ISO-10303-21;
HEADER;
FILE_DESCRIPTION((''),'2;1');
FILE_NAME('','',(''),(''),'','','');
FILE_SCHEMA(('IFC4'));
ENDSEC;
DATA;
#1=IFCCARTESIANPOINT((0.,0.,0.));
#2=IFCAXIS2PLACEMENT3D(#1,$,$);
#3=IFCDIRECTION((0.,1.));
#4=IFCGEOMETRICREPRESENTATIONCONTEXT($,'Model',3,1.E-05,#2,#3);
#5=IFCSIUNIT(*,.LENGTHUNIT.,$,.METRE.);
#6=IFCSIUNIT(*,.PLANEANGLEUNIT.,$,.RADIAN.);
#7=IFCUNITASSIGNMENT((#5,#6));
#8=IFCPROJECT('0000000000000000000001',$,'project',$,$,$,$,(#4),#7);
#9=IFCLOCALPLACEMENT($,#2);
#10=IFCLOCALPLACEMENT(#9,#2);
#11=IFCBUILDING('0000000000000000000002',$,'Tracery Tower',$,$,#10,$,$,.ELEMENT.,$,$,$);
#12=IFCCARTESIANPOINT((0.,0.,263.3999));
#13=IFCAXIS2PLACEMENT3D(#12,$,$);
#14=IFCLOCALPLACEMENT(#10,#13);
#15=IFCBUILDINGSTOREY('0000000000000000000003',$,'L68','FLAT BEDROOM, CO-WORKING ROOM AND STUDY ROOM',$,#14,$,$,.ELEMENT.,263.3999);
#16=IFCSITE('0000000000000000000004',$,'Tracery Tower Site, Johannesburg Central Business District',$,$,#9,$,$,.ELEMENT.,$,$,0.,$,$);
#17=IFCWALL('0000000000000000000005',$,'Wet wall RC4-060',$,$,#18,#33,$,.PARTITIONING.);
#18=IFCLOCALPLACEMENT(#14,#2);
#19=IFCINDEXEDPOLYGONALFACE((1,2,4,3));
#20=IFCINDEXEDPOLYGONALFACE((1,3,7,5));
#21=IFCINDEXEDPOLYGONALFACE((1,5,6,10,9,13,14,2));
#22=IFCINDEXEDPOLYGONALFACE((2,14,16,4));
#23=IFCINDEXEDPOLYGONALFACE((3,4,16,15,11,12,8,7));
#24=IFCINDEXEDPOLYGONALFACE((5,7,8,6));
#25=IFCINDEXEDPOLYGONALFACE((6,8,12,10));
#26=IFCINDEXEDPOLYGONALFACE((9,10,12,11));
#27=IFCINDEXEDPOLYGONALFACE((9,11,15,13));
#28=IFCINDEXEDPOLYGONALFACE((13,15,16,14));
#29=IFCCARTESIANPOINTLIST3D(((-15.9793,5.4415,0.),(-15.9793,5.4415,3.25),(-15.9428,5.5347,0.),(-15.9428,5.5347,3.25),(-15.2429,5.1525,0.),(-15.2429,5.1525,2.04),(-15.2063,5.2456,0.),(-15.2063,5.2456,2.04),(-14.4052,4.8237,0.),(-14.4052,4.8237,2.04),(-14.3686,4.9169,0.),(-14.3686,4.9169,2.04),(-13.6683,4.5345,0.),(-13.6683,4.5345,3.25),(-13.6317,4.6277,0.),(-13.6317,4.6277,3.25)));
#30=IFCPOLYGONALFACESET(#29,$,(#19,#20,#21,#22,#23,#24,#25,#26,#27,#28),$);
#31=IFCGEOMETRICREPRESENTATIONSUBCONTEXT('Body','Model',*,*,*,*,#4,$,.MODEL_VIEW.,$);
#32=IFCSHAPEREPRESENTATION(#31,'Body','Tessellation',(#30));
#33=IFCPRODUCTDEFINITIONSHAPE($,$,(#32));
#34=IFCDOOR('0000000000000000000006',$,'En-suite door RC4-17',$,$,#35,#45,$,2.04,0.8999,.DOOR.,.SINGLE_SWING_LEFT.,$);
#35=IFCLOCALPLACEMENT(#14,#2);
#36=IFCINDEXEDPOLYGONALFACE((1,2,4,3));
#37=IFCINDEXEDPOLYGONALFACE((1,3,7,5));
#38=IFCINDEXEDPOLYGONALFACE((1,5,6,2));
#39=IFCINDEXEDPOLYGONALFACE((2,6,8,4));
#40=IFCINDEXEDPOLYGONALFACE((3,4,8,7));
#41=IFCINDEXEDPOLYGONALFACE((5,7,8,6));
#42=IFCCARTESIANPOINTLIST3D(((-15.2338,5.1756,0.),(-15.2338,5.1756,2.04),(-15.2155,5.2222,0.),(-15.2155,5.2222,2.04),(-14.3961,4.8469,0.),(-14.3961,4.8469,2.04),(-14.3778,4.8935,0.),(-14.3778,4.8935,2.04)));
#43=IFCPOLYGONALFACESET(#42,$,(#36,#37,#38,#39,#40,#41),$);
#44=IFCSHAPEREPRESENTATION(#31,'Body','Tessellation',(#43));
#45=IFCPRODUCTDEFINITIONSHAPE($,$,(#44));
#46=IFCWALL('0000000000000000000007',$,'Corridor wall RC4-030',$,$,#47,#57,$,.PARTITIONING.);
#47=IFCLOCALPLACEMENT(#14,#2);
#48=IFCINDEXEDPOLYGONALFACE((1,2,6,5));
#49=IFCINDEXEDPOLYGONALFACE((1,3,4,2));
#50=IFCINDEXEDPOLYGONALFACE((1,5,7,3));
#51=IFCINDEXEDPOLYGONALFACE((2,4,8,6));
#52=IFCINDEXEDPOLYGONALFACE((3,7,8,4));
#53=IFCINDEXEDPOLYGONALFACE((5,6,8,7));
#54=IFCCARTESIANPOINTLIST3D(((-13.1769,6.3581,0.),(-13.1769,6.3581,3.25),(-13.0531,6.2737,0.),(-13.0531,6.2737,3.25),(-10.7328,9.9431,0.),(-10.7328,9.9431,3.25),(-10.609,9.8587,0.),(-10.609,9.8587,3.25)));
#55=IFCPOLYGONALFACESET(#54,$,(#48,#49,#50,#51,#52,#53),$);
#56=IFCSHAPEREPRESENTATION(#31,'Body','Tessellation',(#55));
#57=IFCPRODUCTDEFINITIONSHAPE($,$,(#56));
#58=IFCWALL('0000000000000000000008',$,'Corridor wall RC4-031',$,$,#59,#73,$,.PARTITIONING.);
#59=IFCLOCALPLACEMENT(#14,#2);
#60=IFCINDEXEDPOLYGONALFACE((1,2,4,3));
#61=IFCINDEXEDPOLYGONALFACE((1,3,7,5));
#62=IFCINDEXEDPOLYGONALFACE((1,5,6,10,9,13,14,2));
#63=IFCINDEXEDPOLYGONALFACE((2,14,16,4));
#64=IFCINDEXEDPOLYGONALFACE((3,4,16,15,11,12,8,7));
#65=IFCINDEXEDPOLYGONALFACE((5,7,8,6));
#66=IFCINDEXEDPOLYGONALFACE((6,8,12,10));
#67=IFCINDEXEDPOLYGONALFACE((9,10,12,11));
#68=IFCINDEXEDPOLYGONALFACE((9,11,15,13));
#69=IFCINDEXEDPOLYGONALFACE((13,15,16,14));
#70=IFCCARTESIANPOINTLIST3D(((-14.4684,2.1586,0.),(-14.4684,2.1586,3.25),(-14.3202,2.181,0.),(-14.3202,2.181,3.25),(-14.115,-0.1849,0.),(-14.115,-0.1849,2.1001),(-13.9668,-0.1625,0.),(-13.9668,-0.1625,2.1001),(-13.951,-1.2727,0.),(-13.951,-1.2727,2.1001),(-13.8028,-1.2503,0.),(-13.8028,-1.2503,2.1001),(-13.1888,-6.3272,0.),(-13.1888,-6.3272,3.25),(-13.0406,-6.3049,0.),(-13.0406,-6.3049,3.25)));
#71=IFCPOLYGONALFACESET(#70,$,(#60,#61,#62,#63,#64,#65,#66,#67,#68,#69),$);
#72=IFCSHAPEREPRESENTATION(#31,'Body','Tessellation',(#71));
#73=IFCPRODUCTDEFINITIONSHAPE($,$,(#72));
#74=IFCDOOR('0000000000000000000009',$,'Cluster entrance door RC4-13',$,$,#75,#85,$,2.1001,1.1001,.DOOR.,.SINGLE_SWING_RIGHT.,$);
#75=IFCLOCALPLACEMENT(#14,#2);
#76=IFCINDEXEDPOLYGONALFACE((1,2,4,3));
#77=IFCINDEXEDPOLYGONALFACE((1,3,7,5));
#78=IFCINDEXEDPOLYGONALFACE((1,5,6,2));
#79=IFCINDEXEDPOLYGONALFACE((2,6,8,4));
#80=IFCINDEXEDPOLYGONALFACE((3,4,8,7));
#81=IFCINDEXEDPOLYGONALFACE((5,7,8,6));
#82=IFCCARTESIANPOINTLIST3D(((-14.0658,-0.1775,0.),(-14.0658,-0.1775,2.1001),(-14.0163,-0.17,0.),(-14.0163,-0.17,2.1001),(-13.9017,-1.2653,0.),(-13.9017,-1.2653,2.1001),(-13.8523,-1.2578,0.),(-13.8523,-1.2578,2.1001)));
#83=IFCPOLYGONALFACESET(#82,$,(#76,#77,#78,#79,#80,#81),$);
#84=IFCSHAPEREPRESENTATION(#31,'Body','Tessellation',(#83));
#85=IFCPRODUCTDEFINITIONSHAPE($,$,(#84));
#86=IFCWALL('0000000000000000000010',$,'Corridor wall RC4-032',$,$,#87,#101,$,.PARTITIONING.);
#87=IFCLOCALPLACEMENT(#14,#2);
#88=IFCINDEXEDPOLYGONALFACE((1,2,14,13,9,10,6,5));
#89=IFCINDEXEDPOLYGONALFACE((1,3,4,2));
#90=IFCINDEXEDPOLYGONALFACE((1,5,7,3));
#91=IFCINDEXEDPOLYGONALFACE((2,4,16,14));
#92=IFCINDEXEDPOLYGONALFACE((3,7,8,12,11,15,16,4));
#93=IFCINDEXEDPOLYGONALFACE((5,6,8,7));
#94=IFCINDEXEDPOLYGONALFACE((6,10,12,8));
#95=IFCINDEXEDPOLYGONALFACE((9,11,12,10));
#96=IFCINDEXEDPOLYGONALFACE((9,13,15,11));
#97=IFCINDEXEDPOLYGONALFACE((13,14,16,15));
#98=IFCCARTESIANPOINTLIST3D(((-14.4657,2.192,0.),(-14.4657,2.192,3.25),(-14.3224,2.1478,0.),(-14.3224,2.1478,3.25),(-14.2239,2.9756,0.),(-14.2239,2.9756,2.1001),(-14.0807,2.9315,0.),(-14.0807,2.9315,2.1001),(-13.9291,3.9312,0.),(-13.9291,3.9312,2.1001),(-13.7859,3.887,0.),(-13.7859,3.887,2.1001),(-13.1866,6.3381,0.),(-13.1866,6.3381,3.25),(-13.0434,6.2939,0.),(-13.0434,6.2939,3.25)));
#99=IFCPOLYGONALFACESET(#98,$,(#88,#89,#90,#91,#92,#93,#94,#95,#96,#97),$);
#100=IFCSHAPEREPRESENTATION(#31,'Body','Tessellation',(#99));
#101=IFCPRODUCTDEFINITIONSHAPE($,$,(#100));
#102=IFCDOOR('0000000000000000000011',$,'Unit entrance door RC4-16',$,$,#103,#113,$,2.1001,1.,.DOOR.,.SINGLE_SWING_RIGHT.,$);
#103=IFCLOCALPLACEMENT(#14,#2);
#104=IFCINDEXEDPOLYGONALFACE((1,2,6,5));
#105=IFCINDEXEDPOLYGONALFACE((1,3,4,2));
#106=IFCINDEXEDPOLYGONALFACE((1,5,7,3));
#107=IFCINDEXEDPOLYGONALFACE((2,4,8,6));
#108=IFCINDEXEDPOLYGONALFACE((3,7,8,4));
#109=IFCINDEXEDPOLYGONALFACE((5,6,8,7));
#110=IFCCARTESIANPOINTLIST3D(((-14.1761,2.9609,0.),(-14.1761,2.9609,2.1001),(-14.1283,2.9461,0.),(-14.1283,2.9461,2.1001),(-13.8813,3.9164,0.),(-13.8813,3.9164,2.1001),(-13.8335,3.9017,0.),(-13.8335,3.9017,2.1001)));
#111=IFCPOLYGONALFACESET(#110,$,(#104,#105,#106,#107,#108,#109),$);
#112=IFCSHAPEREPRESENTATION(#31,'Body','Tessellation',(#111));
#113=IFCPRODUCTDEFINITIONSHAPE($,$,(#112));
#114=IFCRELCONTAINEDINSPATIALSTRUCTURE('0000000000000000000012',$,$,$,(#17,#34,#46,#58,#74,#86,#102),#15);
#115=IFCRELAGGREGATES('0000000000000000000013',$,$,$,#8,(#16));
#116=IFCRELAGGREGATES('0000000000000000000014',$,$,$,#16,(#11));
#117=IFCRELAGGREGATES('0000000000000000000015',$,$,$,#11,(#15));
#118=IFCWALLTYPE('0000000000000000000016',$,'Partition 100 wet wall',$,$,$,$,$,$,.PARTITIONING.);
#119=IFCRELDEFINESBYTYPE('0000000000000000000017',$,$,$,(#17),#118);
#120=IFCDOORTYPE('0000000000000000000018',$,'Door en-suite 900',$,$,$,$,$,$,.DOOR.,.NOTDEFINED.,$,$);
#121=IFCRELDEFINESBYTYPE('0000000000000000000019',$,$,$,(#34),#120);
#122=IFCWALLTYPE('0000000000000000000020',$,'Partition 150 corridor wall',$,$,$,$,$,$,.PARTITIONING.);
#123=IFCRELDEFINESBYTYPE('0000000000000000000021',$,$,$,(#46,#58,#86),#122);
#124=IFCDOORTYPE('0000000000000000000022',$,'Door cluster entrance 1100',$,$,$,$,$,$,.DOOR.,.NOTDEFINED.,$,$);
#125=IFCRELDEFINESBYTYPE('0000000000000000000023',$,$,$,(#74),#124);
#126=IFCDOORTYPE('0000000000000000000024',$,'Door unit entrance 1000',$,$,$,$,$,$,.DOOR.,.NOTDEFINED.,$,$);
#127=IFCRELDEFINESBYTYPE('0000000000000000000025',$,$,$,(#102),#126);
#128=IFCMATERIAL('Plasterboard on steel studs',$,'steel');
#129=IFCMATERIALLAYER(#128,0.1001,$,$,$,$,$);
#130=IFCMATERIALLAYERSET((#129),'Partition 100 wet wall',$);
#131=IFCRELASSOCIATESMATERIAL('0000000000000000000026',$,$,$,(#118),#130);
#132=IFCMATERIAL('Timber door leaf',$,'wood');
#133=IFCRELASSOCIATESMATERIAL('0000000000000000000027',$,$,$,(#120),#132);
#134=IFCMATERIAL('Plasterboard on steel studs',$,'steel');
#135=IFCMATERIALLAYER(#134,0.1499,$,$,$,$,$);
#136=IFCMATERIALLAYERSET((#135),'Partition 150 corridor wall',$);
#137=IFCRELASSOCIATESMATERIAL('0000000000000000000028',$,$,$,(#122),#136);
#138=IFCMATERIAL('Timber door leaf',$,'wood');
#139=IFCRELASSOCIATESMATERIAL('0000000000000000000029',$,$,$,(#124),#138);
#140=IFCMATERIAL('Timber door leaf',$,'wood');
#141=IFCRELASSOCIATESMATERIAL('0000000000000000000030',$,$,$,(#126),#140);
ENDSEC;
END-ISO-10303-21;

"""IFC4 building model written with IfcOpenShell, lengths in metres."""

from ifc_helpers import new_model, si_unit, direction, frame, frame_2d, origin, place, context, subcontext, project, spatial, rectangle, extrude, material, layer, layer_set, type_object, element, fill, save


model = new_model("IFC4")

# Units and contexts
model_context = context("Model", 3, precision=1e-05, world=origin(), true_north=direction((0.0, 1.0)))
body_context = subcontext(model_context, "Body", "Model", "MODEL_VIEW")
ifc_project = project(units=[si_unit("LENGTHUNIT", "METRE"), si_unit("PLANEANGLEUNIT", "RADIAN")], contexts=[model_context])

# Site, building, storey
site_placement = place(None, origin())
site = spatial("IfcSite", under=ifc_project, at=site_placement, Name="Tracery Tower Site, Johannesburg Central Business District", CompositionType="ELEMENT", RefElevation=0.0)
building_placement = place(site_placement, origin())
building = spatial("IfcBuilding", under=site, at=building_placement, Name="Tracery Tower", CompositionType="ELEMENT")
storey_placement = place(building_placement, frame((0.0, 0.0, 263.3999)))
storey = spatial("IfcBuildingStorey", under=building, at=storey_placement, Name="L68", Description="FLAT BEDROOM, CO-WORKING ROOM AND STUDY ROOM", CompositionType="ELEMENT", Elevation=263.3999)

# Shared definitions
ifc_material_1 = material(Name="Plasterboard on steel studs", Category="steel")
ifc_layer_1 = layer(ifc_material_1, 0.1001)
ifc_layer_set_1 = layer_set([ifc_layer_1], Name="Partition 100 wet wall")
wall_type_1 = type_object("IfcWallType", Name="Partition 100 wet wall", PredefinedType="PARTITIONING", material=ifc_layer_set_1)

# Wall, opening, door
wall_1_placement = place(storey_placement, frame((-15.9609, 5.488, 0.0), z_axis=(0.0, 0.0, 1.0), x_axis=(0.930878, -0.36533, 0.0)))
wall_1 = element("IfcWall", 1, at=wall_1_placement, inside=storey, type_object=wall_type_1, Name="Wet wall RC4-060", PredefinedType="PARTITIONING", context=body_context, shape_type="SweptSolid", body=[
    extrude(rectangle(XDim=2.4827, YDim=0.1001, at=frame_2d((1.2412, 0.0))), origin(), (0.0, 0.0, 1.0), 3.25),
])
opening_1_placement = place(wall_1_placement, frame((0.791, 0.0, 0.0)))
opening_1 = element("IfcOpeningElement", 2, at=opening_1_placement, cuts=wall_1, PredefinedType="OPENING", context=body_context, shape_type="SweptSolid", body=[
    extrude(rectangle(XDim=0.8999, YDim=2.04, at=frame_2d((0.45, 1.02))), frame((0.0, 0.05, 0.0), z_axis=(0.0, -1.0, 0.0), x_axis=(1.0, 0.0, 0.0)), (0.0, 0.0, 1.0), 0.1001),
])
ifc_material_2 = material(Name="Timber door leaf", Category="wood")
door_type_1 = type_object("IfcDoorType", Name="Door en-suite 900", OperationType="NOTDEFINED", PredefinedType="DOOR", material=ifc_material_2)
door_1_placement = place(opening_1_placement, origin())
door_1 = element("IfcDoor", 3, at=door_1_placement, inside=storey, type_object=door_type_1, Name="En-suite door RC4-17", OperationType="SINGLE_SWING_LEFT", OverallHeight=2.04, OverallWidth=0.8999, PredefinedType="DOOR", context=body_context, shape_type="SweptSolid", body=[
    extrude(rectangle(XDim=0.8999, YDim=2.04, at=frame_2d((0.45, 1.02))), frame((0.0, 0.0249, 0.0), z_axis=(0.0, -1.0, 0.0), x_axis=(1.0, 0.0, 0.0)), (0.0, 0.0, 1.0), 0.05),
])
fill(opening_1, door_1)

# Wall
ifc_material_3 = material(Name="Plasterboard on steel studs", Category="steel")
ifc_layer_2 = layer(ifc_material_3, 0.1499)
ifc_layer_set_2 = layer_set([ifc_layer_2], Name="Partition 150 corridor wall")
wall_type_2 = type_object("IfcWallType", Name="Partition 150 corridor wall", PredefinedType="PARTITIONING", material=ifc_layer_set_2)
wall_2_placement = place(storey_placement, frame((-13.115, 6.3159, 0.0), z_axis=(0.0, 0.0, 1.0), x_axis=(0.563305, 0.826249, 0.0)))
element("IfcWall", 4, at=wall_2_placement, inside=storey, type_object=wall_type_2, Name="Corridor wall RC4-030", PredefinedType="PARTITIONING", context=body_context, shape_type="SweptSolid", body=[
    extrude(rectangle(XDim=4.3389, YDim=0.1499, at=frame_2d((2.1694, 0.0))), origin(), (0.0, 0.0, 1.0), 3.25),
])

# Walls, openings, doors
wall_3_placement = place(storey_placement, frame((-14.3943, 2.1699, 0.0), z_axis=(0.0, 0.0, 1.0), x_axis=(0.1491, -0.988822, 0.0)))
wall_3 = element("IfcWall", 5, at=wall_3_placement, inside=storey, type_object=wall_type_2, Name="Corridor wall RC4-031", PredefinedType="PARTITIONING", context=body_context, shape_type="SweptSolid", body=[
    extrude(rectangle(XDim=8.5818, YDim=0.1499, at=frame_2d((4.291, 0.0))), origin(), (0.0, 0.0, 1.0), 3.25),
])
opening_2_placement = place(wall_3_placement, frame((2.3701, 0.0, 0.0)))
opening_2 = element("IfcOpeningElement", 6, at=opening_2_placement, cuts=wall_3, PredefinedType="OPENING", context=body_context, shape_type="SweptSolid", body=[
    extrude(rectangle(XDim=1.1001, YDim=2.1001, at=frame_2d((0.55, 1.05))), frame((0.0, 0.075, 0.0), z_axis=(0.0, -1.0, 0.0), x_axis=(1.0, 0.0, 0.0)), (0.0, 0.0, 1.0), 0.1499),
])
ifc_material_4 = material(Name="Timber door leaf", Category="wood")
door_type_2 = type_object("IfcDoorType", Name="Door cluster entrance 1100", OperationType="NOTDEFINED", PredefinedType="DOOR", material=ifc_material_4)
door_2_placement = place(opening_2_placement, origin())
door_2 = element("IfcDoor", 7, at=door_2_placement, inside=storey, type_object=door_type_2, Name="Cluster entrance door RC4-13", OperationType="SINGLE_SWING_RIGHT", OverallHeight=2.1001, OverallWidth=1.1001, PredefinedType="DOOR", context=body_context, shape_type="SweptSolid", body=[
    extrude(rectangle(XDim=1.1001, YDim=2.1001, at=frame_2d((0.55, 1.05))), frame((0.0, 0.0249, 0.0), z_axis=(0.0, -1.0, 0.0), x_axis=(1.0, 0.0, 0.0)), (0.0, 0.0, 1.0), 0.05),
])
fill(opening_2, door_2)
wall_4_placement = place(storey_placement, frame((-14.394, 2.1699, 0.0), z_axis=(0.0, 0.0, 1.0), x_axis=(0.294794, 0.955561, 0.0)))
wall_4 = element("IfcWall", 8, at=wall_4_placement, inside=storey, type_object=wall_type_2, Name="Corridor wall RC4-032", PredefinedType="PARTITIONING", context=body_context, shape_type="SweptSolid", body=[
    extrude(rectangle(XDim=4.3389, YDim=0.1499, at=frame_2d((2.1694, 0.0))), origin(), (0.0, 0.0, 1.0), 3.25),
])
opening_3_placement = place(wall_4_placement, frame((0.8201, 0.0, 0.0)))
opening_3 = element("IfcOpeningElement", 9, at=opening_3_placement, cuts=wall_4, PredefinedType="OPENING", context=body_context, shape_type="SweptSolid", body=[
    extrude(rectangle(XDim=1.0, YDim=2.1001, at=frame_2d((0.5, 1.05))), frame((0.0, 0.075, 0.0), z_axis=(0.0, -1.0, 0.0), x_axis=(1.0, 0.0, 0.0)), (0.0, 0.0, 1.0), 0.1499),
])
ifc_material_5 = material(Name="Timber door leaf", Category="wood")
door_type_3 = type_object("IfcDoorType", Name="Door unit entrance 1000", OperationType="NOTDEFINED", PredefinedType="DOOR", material=ifc_material_5)
door_3_placement = place(opening_3_placement, origin())
door_3 = element("IfcDoor", 10, at=door_3_placement, inside=storey, type_object=door_type_3, Name="Unit entrance door RC4-16", OperationType="SINGLE_SWING_RIGHT", OverallHeight=2.1001, OverallWidth=1.0, PredefinedType="DOOR", context=body_context, shape_type="SweptSolid", body=[
    extrude(rectangle(XDim=1.0, YDim=2.1001, at=frame_2d((0.5, 1.05))), frame((0.0, 0.0249, 0.0), z_axis=(0.0, -1.0, 0.0), x_axis=(1.0, 0.0, 0.0)), (0.0, 0.0, 1.0), 0.05),
])
fill(opening_3, door_3)

save(model, "model.ifc")
